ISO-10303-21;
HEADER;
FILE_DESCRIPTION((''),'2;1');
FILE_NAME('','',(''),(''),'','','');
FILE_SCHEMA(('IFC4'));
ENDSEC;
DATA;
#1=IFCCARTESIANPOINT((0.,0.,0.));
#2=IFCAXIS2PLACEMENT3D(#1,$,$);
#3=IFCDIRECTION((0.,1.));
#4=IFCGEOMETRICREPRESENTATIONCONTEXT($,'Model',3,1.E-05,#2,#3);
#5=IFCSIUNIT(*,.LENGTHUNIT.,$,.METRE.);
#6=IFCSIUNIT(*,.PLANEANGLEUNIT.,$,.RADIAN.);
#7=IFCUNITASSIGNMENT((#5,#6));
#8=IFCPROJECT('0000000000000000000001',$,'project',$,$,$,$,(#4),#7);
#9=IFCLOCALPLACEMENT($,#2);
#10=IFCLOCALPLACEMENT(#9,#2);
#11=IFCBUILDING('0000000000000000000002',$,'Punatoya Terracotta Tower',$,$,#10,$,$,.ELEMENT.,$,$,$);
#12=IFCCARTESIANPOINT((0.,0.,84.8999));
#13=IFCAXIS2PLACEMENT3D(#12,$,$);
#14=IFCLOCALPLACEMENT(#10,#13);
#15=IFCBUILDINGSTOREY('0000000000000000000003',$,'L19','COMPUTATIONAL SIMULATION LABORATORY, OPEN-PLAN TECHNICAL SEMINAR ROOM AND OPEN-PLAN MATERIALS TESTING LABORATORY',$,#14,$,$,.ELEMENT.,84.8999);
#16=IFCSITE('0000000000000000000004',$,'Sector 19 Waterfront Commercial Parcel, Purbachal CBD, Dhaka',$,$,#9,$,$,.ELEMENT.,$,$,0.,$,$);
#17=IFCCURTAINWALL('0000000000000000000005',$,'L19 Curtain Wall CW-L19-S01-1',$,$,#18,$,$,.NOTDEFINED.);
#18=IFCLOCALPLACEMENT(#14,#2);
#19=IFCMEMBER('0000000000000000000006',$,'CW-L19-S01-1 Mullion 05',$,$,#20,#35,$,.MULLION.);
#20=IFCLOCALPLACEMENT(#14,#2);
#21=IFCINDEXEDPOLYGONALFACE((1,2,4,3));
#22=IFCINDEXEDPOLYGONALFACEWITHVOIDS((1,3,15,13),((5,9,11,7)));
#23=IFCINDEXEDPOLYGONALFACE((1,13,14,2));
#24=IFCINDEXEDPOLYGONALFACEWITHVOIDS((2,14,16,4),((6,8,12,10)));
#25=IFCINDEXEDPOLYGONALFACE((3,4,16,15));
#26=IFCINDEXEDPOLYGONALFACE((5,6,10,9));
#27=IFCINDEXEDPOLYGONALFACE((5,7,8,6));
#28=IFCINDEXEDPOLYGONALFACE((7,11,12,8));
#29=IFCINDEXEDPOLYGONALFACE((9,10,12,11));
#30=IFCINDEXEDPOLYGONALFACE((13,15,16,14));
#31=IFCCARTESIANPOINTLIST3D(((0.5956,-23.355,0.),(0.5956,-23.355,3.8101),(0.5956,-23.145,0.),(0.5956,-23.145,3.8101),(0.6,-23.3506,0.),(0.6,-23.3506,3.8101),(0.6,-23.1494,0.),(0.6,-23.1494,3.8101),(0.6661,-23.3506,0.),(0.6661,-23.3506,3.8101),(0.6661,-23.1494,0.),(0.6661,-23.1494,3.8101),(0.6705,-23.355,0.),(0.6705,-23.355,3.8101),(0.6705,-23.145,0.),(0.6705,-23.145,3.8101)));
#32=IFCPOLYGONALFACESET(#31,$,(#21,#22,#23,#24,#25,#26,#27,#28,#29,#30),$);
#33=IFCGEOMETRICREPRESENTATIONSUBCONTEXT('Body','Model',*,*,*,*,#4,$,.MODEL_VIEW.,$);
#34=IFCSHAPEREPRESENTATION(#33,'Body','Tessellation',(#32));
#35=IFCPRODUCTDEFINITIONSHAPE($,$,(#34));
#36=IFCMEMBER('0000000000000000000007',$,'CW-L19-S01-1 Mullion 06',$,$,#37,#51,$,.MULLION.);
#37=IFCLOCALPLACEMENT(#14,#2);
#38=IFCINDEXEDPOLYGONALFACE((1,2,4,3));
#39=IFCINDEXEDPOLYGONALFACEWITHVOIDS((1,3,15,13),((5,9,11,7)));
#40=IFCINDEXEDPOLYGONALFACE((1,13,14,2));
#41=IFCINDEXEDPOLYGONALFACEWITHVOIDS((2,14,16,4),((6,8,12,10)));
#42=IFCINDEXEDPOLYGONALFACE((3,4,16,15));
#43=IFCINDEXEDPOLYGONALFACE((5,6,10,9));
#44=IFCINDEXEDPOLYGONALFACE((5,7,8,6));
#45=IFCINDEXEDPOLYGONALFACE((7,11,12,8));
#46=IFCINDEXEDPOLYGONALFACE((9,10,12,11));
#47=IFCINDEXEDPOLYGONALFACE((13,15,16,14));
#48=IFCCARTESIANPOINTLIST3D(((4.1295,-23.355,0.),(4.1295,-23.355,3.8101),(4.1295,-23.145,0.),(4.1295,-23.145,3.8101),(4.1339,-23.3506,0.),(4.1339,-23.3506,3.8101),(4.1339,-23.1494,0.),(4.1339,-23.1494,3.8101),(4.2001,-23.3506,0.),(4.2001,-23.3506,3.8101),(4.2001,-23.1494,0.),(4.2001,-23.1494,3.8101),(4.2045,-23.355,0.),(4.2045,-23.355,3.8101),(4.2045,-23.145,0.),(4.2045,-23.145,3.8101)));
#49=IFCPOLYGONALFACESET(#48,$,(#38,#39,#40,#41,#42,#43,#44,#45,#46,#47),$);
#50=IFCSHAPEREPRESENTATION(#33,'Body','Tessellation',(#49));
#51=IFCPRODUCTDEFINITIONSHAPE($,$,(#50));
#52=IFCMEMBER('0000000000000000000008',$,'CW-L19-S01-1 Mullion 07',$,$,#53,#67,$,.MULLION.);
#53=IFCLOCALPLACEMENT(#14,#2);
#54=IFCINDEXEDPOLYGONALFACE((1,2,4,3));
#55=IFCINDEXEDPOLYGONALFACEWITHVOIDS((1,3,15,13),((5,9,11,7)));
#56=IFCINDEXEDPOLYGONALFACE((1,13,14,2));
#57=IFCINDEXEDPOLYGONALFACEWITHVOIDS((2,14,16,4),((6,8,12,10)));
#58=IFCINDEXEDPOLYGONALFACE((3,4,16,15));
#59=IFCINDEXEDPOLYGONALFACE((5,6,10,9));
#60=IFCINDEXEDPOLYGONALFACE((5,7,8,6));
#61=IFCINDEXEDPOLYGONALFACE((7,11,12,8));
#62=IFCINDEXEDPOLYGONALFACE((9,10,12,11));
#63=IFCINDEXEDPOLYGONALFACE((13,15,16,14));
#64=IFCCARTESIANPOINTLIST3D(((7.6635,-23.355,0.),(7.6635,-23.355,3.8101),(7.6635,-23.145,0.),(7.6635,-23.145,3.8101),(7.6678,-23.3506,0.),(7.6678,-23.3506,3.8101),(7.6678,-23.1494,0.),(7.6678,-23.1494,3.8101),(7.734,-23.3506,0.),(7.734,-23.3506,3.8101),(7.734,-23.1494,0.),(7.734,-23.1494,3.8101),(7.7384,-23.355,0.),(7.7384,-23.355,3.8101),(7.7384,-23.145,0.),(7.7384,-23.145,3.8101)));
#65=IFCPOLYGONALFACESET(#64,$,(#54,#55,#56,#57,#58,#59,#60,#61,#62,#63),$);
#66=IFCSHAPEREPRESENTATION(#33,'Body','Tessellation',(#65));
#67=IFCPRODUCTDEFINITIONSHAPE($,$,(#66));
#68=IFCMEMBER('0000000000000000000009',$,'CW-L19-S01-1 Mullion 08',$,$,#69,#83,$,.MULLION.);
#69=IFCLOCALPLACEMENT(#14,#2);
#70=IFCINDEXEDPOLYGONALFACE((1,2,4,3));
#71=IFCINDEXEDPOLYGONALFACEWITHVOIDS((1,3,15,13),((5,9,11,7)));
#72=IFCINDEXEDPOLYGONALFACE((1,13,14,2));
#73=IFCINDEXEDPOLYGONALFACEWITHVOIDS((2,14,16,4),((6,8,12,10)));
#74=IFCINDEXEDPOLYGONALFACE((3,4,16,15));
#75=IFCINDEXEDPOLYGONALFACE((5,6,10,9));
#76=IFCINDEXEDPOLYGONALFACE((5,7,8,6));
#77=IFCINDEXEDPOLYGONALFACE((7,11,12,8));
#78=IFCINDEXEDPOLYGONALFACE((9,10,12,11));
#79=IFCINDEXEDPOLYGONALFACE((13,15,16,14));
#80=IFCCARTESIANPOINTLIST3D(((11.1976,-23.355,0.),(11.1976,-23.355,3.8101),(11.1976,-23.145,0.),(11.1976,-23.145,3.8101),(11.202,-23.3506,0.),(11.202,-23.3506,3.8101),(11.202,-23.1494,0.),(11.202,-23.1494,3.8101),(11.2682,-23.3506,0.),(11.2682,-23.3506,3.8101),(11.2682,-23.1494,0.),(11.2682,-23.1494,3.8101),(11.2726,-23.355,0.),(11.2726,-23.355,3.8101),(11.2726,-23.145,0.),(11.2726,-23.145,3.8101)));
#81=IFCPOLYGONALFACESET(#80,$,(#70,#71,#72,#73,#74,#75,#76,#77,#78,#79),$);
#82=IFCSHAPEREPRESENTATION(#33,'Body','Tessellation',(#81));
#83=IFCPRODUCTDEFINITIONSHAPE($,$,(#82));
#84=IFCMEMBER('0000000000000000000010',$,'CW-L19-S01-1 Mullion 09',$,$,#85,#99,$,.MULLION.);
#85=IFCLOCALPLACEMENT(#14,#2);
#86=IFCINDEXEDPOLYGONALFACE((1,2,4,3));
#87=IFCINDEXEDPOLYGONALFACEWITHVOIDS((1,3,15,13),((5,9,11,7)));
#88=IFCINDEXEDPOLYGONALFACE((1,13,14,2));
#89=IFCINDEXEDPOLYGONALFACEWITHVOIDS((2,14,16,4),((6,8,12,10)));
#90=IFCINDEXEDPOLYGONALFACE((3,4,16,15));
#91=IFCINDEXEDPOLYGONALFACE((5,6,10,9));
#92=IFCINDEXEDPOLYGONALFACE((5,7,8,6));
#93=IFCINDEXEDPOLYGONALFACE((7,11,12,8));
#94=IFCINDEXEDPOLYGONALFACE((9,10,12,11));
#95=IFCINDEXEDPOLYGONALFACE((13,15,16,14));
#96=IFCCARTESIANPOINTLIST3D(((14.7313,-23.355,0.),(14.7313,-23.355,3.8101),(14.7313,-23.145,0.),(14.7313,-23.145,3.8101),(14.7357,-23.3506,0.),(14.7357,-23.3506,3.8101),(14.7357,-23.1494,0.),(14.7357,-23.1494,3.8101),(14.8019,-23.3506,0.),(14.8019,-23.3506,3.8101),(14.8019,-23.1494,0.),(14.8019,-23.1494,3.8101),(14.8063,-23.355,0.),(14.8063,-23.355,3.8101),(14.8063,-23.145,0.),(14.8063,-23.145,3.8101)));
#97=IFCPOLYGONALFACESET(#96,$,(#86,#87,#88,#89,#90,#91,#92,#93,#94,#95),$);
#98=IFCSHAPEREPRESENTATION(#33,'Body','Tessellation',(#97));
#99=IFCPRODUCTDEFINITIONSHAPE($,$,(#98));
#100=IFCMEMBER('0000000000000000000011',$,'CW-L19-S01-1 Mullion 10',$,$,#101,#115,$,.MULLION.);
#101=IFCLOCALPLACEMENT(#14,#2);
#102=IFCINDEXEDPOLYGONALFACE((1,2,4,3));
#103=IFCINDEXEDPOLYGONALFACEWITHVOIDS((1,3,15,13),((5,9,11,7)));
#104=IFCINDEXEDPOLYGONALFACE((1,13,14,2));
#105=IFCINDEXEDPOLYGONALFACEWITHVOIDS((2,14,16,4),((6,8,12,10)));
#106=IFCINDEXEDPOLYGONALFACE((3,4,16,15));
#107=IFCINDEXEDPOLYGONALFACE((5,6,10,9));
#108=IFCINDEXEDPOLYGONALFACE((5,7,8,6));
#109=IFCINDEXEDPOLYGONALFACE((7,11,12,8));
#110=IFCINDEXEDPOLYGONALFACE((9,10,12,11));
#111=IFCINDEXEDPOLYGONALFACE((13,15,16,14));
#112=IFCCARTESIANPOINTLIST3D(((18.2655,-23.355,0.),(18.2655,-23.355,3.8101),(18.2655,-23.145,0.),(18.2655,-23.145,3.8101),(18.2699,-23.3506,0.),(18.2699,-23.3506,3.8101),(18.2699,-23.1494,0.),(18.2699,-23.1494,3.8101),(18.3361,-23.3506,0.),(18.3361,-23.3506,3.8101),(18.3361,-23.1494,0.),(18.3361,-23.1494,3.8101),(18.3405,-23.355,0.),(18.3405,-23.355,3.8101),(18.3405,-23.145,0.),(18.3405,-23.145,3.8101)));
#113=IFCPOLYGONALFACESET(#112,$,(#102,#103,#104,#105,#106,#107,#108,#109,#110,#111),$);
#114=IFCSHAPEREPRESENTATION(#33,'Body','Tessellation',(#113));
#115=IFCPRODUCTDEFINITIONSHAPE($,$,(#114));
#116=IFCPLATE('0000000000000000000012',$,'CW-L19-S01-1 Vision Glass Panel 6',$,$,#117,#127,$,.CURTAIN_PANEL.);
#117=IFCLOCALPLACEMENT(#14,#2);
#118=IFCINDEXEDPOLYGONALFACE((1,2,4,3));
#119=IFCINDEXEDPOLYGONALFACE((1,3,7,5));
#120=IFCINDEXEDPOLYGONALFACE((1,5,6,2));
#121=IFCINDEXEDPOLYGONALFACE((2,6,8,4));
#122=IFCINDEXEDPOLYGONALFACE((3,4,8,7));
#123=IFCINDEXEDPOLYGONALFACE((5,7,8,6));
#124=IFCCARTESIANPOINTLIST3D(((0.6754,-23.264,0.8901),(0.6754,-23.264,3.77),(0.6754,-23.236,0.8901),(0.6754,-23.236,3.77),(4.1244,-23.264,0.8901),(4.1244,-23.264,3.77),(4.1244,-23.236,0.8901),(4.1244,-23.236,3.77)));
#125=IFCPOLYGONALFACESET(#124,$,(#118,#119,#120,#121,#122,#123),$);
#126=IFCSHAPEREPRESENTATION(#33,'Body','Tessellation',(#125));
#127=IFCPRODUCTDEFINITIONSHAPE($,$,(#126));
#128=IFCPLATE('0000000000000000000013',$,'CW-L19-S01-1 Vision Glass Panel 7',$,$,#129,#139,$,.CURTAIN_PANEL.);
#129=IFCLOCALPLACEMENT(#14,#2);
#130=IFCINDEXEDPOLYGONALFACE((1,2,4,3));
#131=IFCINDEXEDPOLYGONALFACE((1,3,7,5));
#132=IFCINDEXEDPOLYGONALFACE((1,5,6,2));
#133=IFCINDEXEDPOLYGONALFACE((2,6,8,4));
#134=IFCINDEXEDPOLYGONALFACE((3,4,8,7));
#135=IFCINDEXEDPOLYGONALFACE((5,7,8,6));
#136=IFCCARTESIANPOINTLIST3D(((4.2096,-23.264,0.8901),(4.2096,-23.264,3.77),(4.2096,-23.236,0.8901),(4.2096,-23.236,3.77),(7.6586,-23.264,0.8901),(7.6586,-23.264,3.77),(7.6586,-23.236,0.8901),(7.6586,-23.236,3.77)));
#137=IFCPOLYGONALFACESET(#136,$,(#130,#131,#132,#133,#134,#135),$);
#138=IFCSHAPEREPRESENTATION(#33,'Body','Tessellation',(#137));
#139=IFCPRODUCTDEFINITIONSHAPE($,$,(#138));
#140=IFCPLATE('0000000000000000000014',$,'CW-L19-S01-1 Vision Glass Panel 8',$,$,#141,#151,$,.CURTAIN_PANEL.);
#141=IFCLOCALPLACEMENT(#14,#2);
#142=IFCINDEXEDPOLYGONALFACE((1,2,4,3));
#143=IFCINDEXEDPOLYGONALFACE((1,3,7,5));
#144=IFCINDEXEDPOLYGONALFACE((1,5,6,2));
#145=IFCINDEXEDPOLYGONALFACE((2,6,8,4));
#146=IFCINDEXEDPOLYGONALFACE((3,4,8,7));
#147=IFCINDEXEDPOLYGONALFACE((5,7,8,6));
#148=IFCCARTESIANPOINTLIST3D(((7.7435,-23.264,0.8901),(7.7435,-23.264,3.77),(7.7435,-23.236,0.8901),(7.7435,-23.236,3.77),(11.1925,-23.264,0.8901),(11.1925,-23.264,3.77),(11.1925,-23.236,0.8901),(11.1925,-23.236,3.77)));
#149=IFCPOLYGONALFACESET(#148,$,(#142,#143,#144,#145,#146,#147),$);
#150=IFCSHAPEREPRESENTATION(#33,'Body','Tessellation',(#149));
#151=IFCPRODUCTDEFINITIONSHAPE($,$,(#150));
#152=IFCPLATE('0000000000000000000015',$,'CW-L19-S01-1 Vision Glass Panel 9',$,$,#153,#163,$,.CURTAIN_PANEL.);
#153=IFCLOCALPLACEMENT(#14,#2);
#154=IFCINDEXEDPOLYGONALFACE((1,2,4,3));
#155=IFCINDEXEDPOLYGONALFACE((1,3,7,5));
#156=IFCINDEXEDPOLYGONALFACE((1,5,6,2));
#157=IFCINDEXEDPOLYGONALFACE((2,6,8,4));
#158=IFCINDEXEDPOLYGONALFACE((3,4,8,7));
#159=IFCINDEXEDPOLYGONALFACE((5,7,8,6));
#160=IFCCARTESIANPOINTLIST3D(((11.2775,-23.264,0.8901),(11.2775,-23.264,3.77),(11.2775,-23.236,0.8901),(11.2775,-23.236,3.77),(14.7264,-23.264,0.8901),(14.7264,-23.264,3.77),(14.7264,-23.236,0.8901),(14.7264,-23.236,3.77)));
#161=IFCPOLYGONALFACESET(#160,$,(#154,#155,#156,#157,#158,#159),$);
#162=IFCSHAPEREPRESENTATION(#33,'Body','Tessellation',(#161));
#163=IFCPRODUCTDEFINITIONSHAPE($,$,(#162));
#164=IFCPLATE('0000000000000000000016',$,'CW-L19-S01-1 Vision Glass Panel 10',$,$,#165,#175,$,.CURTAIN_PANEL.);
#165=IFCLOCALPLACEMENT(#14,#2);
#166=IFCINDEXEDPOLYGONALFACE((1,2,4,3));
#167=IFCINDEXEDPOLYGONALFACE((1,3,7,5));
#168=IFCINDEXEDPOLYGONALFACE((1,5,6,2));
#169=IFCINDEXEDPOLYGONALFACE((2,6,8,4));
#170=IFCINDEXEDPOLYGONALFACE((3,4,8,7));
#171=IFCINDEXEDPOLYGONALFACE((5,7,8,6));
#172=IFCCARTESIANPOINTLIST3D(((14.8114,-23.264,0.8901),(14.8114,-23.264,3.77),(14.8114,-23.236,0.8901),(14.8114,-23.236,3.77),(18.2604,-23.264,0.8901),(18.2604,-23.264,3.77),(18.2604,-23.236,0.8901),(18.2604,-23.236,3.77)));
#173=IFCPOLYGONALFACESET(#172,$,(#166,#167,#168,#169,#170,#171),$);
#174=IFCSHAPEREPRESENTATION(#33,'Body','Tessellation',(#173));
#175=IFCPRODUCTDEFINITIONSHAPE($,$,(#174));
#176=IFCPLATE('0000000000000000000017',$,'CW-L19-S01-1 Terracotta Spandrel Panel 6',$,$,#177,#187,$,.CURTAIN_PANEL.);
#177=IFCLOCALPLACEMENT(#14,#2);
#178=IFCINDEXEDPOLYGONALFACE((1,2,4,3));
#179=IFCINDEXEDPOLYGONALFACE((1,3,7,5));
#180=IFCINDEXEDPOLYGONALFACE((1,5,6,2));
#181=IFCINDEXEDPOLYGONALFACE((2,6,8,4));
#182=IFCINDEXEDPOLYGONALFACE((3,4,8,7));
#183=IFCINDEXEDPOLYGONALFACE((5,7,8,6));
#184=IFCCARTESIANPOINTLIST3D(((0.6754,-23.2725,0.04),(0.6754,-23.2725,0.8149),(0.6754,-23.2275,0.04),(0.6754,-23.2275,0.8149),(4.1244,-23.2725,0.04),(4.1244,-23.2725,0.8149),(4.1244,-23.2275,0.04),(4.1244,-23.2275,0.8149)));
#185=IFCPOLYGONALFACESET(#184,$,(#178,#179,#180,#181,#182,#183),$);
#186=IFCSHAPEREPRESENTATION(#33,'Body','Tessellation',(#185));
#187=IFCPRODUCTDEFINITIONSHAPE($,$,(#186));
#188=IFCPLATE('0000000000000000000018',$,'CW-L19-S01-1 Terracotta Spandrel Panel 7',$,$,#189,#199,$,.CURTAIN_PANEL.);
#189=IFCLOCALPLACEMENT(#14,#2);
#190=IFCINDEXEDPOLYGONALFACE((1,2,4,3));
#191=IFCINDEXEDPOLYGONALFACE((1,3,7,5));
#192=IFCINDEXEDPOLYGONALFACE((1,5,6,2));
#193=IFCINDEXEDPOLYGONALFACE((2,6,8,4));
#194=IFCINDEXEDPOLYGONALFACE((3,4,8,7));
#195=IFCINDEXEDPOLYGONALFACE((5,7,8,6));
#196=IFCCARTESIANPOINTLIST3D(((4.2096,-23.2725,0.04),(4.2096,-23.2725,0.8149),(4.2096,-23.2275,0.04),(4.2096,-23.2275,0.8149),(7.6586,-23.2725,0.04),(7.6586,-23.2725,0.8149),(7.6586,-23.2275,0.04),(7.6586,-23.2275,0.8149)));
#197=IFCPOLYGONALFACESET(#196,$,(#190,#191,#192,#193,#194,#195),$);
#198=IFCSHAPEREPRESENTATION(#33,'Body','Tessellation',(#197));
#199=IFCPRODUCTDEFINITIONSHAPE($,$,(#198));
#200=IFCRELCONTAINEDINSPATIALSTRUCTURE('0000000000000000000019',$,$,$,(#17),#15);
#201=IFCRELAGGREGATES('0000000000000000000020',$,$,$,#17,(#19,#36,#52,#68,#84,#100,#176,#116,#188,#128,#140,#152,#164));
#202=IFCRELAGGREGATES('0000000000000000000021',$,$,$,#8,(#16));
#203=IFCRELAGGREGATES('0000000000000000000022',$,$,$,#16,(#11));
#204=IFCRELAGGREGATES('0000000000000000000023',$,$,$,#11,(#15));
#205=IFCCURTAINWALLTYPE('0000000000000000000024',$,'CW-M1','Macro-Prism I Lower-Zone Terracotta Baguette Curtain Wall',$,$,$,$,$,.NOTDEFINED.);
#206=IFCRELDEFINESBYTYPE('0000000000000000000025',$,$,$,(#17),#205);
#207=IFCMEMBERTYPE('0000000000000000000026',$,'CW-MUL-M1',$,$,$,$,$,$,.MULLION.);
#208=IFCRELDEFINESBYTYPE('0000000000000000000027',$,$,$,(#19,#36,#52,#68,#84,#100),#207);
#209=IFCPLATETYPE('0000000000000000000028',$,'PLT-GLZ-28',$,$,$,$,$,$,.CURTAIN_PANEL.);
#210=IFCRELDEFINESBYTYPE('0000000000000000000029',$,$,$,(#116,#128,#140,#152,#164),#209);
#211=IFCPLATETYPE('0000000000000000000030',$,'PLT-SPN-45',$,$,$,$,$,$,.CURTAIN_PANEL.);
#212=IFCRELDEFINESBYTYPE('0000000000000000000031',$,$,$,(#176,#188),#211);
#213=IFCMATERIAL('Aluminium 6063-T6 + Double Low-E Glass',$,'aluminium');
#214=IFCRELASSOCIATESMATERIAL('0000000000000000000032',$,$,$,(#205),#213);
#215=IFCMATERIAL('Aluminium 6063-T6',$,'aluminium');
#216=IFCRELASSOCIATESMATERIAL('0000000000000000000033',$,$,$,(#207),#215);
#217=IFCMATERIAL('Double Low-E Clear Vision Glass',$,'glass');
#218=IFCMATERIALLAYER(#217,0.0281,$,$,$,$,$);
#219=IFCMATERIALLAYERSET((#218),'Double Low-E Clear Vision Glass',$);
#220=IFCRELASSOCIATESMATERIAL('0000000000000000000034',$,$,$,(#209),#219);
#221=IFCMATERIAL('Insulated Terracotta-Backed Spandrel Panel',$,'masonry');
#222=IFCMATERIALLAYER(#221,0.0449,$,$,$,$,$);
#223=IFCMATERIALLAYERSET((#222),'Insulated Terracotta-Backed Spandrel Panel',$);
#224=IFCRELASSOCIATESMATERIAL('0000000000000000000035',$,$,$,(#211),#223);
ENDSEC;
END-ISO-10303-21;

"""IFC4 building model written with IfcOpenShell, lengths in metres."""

from ifc_helpers import new_model, si_unit, direction, frame, origin, origin_2d, place, context, subcontext, project, spatial, rectangle, hollow_rectangle, extrude, material, layer, layer_set, material_profile, profile_set, type_object, element, aggregate, save


model = new_model("IFC4")

# Units and contexts
model_context = context("Model", 3, precision=1e-05, world=origin(), true_north=direction((0.0, 1.0)))
body_context = subcontext(model_context, "Body", "Model", "MODEL_VIEW")
ifc_project = project(units=[si_unit("LENGTHUNIT", "METRE"), si_unit("PLANEANGLEUNIT", "RADIAN")], contexts=[model_context])

# Site, building, storey
site_placement = place(None, origin())
site = spatial("IfcSite", under=ifc_project, at=site_placement, Name="Sector 19 Waterfront Commercial Parcel, Purbachal CBD, Dhaka", CompositionType="ELEMENT", RefElevation=0.0)
building_placement = place(site_placement, origin())
building = spatial("IfcBuilding", under=site, at=building_placement, Name="Punatoya Terracotta Tower", CompositionType="ELEMENT")
storey_placement = place(building_placement, frame((0.0, 0.0, 84.8999)))
storey = spatial("IfcBuildingStorey", under=building, at=storey_placement, Name="L19", Description="COMPUTATIONAL SIMULATION LABORATORY, OPEN-PLAN TECHNICAL SEMINAR ROOM AND OPEN-PLAN MATERIALS TESTING LABORATORY", CompositionType="ELEMENT", Elevation=84.8999)

# Curtain wall, members, plates
ifc_material_1 = material(Name="Aluminium 6063-T6 + Double Low-E Glass", Category="aluminium")
curtain_wall_type = type_object("IfcCurtainWallType", Name="CW-M1", Description="Macro-Prism I Lower-Zone Terracotta Baguette Curtain Wall", PredefinedType="NOTDEFINED", material=ifc_material_1)
curtain_wall_placement = place(storey_placement, origin())
curtain_wall = element("IfcCurtainWall", 1, at=curtain_wall_placement, inside=storey, type_object=curtain_wall_type, Name="L19 Curtain Wall CW-L19-S01-1", PredefinedType="NOTDEFINED")
ifc_material_2 = material(Name="Aluminium 6063-T6", Category="aluminium")
ifc_material_profile_1 = material_profile(ifc_material_2, hollow_rectangle(XDim=0.075, YDim=0.21, WallThickness=0.0044, at=origin_2d()))
ifc_profile_set_1 = profile_set([ifc_material_profile_1], Name="Aluminium 6063-T6")
member_type = type_object("IfcMemberType", Name="CW-MUL-M1", PredefinedType="MULLION", material=ifc_profile_set_1)
member_1_placement = place(storey_placement, frame((0.6331, -23.25, 0.0), z_axis=(0.0, 0.0, 1.0), x_axis=(1.0, 0.0, 0.0)))
member_1 = element("IfcMember", 2, at=member_1_placement, type_object=member_type, Name="CW-L19-S01-1 Mullion 05", PredefinedType="MULLION", context=body_context, shape_type="SweptSolid", body=[
    extrude(hollow_rectangle(XDim=0.075, YDim=0.21, WallThickness=0.0044, at=origin_2d()), origin(), (0.0, 0.0, 1.0), 3.8101),
])
member_2_placement = place(storey_placement, frame((4.167, -23.25, 0.0), z_axis=(0.0, 0.0, 1.0), x_axis=(1.0, 0.0, 0.0)))
member_2 = element("IfcMember", 3, at=member_2_placement, type_object=member_type, Name="CW-L19-S01-1 Mullion 06", PredefinedType="MULLION", context=body_context, shape_type="SweptSolid", body=[
    extrude(hollow_rectangle(XDim=0.075, YDim=0.21, WallThickness=0.0044, at=origin_2d()), origin(), (0.0, 0.0, 1.0), 3.8101),
])
member_3_placement = place(storey_placement, frame((7.7009, -23.25, 0.0), z_axis=(0.0, 0.0, 1.0), x_axis=(1.0, 0.0, 0.0)))
member_3 = element("IfcMember", 4, at=member_3_placement, type_object=member_type, Name="CW-L19-S01-1 Mullion 07", PredefinedType="MULLION", context=body_context, shape_type="SweptSolid", body=[
    extrude(hollow_rectangle(XDim=0.075, YDim=0.21, WallThickness=0.0044, at=origin_2d()), origin(), (0.0, 0.0, 1.0), 3.8101),
])
member_4_placement = place(storey_placement, frame((11.2351, -23.25, 0.0), z_axis=(0.0, 0.0, 1.0), x_axis=(1.0, 0.0, 0.0)))
member_4 = element("IfcMember", 5, at=member_4_placement, type_object=member_type, Name="CW-L19-S01-1 Mullion 08", PredefinedType="MULLION", context=body_context, shape_type="SweptSolid", body=[
    extrude(hollow_rectangle(XDim=0.075, YDim=0.21, WallThickness=0.0044, at=origin_2d()), origin(), (0.0, 0.0, 1.0), 3.8101),
])
member_5_placement = place(storey_placement, frame((14.7688, -23.25, 0.0), z_axis=(0.0, 0.0, 1.0), x_axis=(1.0, 0.0, 0.0)))
member_5 = element("IfcMember", 6, at=member_5_placement, type_object=member_type, Name="CW-L19-S01-1 Mullion 09", PredefinedType="MULLION", context=body_context, shape_type="SweptSolid", body=[
    extrude(hollow_rectangle(XDim=0.075, YDim=0.21, WallThickness=0.0044, at=origin_2d()), origin(), (0.0, 0.0, 1.0), 3.8101),
])
member_6_placement = place(storey_placement, frame((18.303, -23.25, 0.0), z_axis=(0.0, 0.0, 1.0), x_axis=(1.0, 0.0, 0.0)))
member_6 = element("IfcMember", 7, at=member_6_placement, type_object=member_type, Name="CW-L19-S01-1 Mullion 10", PredefinedType="MULLION", context=body_context, shape_type="SweptSolid", body=[
    extrude(hollow_rectangle(XDim=0.075, YDim=0.21, WallThickness=0.0044, at=origin_2d()), origin(), (0.0, 0.0, 1.0), 3.8101),
])
ifc_material_3 = material(Name="Double Low-E Clear Vision Glass", Category="glass")
ifc_layer_1 = layer(ifc_material_3, 0.0281)
ifc_layer_set_1 = layer_set([ifc_layer_1], Name="Double Low-E Clear Vision Glass")
plate_type_1 = type_object("IfcPlateType", Name="PLT-GLZ-28", PredefinedType="CURTAIN_PANEL", material=ifc_layer_set_1)
plate_1_placement = place(storey_placement, frame((2.3999, -23.25, 0.8901), z_axis=(0.0, 0.0, 1.0), x_axis=(1.0, 0.0, 0.0)))
plate_1 = element("IfcPlate", 8, at=plate_1_placement, type_object=plate_type_1, Name="CW-L19-S01-1 Vision Glass Panel 6", PredefinedType="CURTAIN_PANEL", context=body_context, shape_type="SweptSolid", body=[
    extrude(rectangle(XDim=3.449, YDim=0.0281, at=origin_2d()), origin(), (0.0, 0.0, 1.0), 2.8799),
])
plate_2_placement = place(storey_placement, frame((5.9341, -23.25, 0.8901), z_axis=(0.0, 0.0, 1.0), x_axis=(1.0, 0.0, 0.0)))
plate_2 = element("IfcPlate", 9, at=plate_2_placement, type_object=plate_type_1, Name="CW-L19-S01-1 Vision Glass Panel 7", PredefinedType="CURTAIN_PANEL", context=body_context, shape_type="SweptSolid", body=[
    extrude(rectangle(XDim=3.449, YDim=0.0281, at=origin_2d()), origin(), (0.0, 0.0, 1.0), 2.8799),
])
plate_3_placement = place(storey_placement, frame((9.468, -23.25, 0.8901), z_axis=(0.0, 0.0, 1.0), x_axis=(1.0, 0.0, 0.0)))
plate_3 = element("IfcPlate", 10, at=plate_3_placement, type_object=plate_type_1, Name="CW-L19-S01-1 Vision Glass Panel 8", PredefinedType="CURTAIN_PANEL", context=body_context, shape_type="SweptSolid", body=[
    extrude(rectangle(XDim=3.449, YDim=0.0281, at=origin_2d()), origin(), (0.0, 0.0, 1.0), 2.8799),
])
plate_4_placement = place(storey_placement, frame((13.002, -23.25, 0.8901), z_axis=(0.0, 0.0, 1.0), x_axis=(1.0, 0.0, 0.0)))
plate_4 = element("IfcPlate", 11, at=plate_4_placement, type_object=plate_type_1, Name="CW-L19-S01-1 Vision Glass Panel 9", PredefinedType="CURTAIN_PANEL", context=body_context, shape_type="SweptSolid", body=[
    extrude(rectangle(XDim=3.449, YDim=0.0281, at=origin_2d()), origin(), (0.0, 0.0, 1.0), 2.8799),
])
plate_5_placement = place(storey_placement, frame((16.5359, -23.25, 0.8901), z_axis=(0.0, 0.0, 1.0), x_axis=(1.0, 0.0, 0.0)))
plate_5 = element("IfcPlate", 12, at=plate_5_placement, type_object=plate_type_1, Name="CW-L19-S01-1 Vision Glass Panel 10", PredefinedType="CURTAIN_PANEL", context=body_context, shape_type="SweptSolid", body=[
    extrude(rectangle(XDim=3.449, YDim=0.0281, at=origin_2d()), origin(), (0.0, 0.0, 1.0), 2.8799),
])
ifc_material_4 = material(Name="Insulated Terracotta-Backed Spandrel Panel", Category="masonry")
ifc_layer_2 = layer(ifc_material_4, 0.0449)
ifc_layer_set_2 = layer_set([ifc_layer_2], Name="Insulated Terracotta-Backed Spandrel Panel")
plate_type_2 = type_object("IfcPlateType", Name="PLT-SPN-45", PredefinedType="CURTAIN_PANEL", material=ifc_layer_set_2)
plate_6_placement = place(storey_placement, frame((2.3999, -23.25, 0.04), z_axis=(0.0, 0.0, 1.0), x_axis=(1.0, 0.0, 0.0)))
plate_6 = element("IfcPlate", 13, at=plate_6_placement, type_object=plate_type_2, Name="CW-L19-S01-1 Terracotta Spandrel Panel 6", PredefinedType="CURTAIN_PANEL", context=body_context, shape_type="SweptSolid", body=[
    extrude(rectangle(XDim=3.449, YDim=0.0449, at=origin_2d()), origin(), (0.0, 0.0, 1.0), 0.7749),
])
plate_7_placement = place(storey_placement, frame((5.9341, -23.25, 0.04), z_axis=(0.0, 0.0, 1.0), x_axis=(1.0, 0.0, 0.0)))
plate_7 = element("IfcPlate", 14, at=plate_7_placement, type_object=plate_type_2, Name="CW-L19-S01-1 Terracotta Spandrel Panel 7", PredefinedType="CURTAIN_PANEL", context=body_context, shape_type="SweptSolid", body=[
    extrude(rectangle(XDim=3.449, YDim=0.0449, at=origin_2d()), origin(), (0.0, 0.0, 1.0), 0.7749),
])
aggregate(curtain_wall, [member_1, member_2, member_3, member_4, member_5, member_6, plate_6, plate_1, plate_7, plate_2, plate_3, plate_4, plate_5])

save(model, "model.ifc")
